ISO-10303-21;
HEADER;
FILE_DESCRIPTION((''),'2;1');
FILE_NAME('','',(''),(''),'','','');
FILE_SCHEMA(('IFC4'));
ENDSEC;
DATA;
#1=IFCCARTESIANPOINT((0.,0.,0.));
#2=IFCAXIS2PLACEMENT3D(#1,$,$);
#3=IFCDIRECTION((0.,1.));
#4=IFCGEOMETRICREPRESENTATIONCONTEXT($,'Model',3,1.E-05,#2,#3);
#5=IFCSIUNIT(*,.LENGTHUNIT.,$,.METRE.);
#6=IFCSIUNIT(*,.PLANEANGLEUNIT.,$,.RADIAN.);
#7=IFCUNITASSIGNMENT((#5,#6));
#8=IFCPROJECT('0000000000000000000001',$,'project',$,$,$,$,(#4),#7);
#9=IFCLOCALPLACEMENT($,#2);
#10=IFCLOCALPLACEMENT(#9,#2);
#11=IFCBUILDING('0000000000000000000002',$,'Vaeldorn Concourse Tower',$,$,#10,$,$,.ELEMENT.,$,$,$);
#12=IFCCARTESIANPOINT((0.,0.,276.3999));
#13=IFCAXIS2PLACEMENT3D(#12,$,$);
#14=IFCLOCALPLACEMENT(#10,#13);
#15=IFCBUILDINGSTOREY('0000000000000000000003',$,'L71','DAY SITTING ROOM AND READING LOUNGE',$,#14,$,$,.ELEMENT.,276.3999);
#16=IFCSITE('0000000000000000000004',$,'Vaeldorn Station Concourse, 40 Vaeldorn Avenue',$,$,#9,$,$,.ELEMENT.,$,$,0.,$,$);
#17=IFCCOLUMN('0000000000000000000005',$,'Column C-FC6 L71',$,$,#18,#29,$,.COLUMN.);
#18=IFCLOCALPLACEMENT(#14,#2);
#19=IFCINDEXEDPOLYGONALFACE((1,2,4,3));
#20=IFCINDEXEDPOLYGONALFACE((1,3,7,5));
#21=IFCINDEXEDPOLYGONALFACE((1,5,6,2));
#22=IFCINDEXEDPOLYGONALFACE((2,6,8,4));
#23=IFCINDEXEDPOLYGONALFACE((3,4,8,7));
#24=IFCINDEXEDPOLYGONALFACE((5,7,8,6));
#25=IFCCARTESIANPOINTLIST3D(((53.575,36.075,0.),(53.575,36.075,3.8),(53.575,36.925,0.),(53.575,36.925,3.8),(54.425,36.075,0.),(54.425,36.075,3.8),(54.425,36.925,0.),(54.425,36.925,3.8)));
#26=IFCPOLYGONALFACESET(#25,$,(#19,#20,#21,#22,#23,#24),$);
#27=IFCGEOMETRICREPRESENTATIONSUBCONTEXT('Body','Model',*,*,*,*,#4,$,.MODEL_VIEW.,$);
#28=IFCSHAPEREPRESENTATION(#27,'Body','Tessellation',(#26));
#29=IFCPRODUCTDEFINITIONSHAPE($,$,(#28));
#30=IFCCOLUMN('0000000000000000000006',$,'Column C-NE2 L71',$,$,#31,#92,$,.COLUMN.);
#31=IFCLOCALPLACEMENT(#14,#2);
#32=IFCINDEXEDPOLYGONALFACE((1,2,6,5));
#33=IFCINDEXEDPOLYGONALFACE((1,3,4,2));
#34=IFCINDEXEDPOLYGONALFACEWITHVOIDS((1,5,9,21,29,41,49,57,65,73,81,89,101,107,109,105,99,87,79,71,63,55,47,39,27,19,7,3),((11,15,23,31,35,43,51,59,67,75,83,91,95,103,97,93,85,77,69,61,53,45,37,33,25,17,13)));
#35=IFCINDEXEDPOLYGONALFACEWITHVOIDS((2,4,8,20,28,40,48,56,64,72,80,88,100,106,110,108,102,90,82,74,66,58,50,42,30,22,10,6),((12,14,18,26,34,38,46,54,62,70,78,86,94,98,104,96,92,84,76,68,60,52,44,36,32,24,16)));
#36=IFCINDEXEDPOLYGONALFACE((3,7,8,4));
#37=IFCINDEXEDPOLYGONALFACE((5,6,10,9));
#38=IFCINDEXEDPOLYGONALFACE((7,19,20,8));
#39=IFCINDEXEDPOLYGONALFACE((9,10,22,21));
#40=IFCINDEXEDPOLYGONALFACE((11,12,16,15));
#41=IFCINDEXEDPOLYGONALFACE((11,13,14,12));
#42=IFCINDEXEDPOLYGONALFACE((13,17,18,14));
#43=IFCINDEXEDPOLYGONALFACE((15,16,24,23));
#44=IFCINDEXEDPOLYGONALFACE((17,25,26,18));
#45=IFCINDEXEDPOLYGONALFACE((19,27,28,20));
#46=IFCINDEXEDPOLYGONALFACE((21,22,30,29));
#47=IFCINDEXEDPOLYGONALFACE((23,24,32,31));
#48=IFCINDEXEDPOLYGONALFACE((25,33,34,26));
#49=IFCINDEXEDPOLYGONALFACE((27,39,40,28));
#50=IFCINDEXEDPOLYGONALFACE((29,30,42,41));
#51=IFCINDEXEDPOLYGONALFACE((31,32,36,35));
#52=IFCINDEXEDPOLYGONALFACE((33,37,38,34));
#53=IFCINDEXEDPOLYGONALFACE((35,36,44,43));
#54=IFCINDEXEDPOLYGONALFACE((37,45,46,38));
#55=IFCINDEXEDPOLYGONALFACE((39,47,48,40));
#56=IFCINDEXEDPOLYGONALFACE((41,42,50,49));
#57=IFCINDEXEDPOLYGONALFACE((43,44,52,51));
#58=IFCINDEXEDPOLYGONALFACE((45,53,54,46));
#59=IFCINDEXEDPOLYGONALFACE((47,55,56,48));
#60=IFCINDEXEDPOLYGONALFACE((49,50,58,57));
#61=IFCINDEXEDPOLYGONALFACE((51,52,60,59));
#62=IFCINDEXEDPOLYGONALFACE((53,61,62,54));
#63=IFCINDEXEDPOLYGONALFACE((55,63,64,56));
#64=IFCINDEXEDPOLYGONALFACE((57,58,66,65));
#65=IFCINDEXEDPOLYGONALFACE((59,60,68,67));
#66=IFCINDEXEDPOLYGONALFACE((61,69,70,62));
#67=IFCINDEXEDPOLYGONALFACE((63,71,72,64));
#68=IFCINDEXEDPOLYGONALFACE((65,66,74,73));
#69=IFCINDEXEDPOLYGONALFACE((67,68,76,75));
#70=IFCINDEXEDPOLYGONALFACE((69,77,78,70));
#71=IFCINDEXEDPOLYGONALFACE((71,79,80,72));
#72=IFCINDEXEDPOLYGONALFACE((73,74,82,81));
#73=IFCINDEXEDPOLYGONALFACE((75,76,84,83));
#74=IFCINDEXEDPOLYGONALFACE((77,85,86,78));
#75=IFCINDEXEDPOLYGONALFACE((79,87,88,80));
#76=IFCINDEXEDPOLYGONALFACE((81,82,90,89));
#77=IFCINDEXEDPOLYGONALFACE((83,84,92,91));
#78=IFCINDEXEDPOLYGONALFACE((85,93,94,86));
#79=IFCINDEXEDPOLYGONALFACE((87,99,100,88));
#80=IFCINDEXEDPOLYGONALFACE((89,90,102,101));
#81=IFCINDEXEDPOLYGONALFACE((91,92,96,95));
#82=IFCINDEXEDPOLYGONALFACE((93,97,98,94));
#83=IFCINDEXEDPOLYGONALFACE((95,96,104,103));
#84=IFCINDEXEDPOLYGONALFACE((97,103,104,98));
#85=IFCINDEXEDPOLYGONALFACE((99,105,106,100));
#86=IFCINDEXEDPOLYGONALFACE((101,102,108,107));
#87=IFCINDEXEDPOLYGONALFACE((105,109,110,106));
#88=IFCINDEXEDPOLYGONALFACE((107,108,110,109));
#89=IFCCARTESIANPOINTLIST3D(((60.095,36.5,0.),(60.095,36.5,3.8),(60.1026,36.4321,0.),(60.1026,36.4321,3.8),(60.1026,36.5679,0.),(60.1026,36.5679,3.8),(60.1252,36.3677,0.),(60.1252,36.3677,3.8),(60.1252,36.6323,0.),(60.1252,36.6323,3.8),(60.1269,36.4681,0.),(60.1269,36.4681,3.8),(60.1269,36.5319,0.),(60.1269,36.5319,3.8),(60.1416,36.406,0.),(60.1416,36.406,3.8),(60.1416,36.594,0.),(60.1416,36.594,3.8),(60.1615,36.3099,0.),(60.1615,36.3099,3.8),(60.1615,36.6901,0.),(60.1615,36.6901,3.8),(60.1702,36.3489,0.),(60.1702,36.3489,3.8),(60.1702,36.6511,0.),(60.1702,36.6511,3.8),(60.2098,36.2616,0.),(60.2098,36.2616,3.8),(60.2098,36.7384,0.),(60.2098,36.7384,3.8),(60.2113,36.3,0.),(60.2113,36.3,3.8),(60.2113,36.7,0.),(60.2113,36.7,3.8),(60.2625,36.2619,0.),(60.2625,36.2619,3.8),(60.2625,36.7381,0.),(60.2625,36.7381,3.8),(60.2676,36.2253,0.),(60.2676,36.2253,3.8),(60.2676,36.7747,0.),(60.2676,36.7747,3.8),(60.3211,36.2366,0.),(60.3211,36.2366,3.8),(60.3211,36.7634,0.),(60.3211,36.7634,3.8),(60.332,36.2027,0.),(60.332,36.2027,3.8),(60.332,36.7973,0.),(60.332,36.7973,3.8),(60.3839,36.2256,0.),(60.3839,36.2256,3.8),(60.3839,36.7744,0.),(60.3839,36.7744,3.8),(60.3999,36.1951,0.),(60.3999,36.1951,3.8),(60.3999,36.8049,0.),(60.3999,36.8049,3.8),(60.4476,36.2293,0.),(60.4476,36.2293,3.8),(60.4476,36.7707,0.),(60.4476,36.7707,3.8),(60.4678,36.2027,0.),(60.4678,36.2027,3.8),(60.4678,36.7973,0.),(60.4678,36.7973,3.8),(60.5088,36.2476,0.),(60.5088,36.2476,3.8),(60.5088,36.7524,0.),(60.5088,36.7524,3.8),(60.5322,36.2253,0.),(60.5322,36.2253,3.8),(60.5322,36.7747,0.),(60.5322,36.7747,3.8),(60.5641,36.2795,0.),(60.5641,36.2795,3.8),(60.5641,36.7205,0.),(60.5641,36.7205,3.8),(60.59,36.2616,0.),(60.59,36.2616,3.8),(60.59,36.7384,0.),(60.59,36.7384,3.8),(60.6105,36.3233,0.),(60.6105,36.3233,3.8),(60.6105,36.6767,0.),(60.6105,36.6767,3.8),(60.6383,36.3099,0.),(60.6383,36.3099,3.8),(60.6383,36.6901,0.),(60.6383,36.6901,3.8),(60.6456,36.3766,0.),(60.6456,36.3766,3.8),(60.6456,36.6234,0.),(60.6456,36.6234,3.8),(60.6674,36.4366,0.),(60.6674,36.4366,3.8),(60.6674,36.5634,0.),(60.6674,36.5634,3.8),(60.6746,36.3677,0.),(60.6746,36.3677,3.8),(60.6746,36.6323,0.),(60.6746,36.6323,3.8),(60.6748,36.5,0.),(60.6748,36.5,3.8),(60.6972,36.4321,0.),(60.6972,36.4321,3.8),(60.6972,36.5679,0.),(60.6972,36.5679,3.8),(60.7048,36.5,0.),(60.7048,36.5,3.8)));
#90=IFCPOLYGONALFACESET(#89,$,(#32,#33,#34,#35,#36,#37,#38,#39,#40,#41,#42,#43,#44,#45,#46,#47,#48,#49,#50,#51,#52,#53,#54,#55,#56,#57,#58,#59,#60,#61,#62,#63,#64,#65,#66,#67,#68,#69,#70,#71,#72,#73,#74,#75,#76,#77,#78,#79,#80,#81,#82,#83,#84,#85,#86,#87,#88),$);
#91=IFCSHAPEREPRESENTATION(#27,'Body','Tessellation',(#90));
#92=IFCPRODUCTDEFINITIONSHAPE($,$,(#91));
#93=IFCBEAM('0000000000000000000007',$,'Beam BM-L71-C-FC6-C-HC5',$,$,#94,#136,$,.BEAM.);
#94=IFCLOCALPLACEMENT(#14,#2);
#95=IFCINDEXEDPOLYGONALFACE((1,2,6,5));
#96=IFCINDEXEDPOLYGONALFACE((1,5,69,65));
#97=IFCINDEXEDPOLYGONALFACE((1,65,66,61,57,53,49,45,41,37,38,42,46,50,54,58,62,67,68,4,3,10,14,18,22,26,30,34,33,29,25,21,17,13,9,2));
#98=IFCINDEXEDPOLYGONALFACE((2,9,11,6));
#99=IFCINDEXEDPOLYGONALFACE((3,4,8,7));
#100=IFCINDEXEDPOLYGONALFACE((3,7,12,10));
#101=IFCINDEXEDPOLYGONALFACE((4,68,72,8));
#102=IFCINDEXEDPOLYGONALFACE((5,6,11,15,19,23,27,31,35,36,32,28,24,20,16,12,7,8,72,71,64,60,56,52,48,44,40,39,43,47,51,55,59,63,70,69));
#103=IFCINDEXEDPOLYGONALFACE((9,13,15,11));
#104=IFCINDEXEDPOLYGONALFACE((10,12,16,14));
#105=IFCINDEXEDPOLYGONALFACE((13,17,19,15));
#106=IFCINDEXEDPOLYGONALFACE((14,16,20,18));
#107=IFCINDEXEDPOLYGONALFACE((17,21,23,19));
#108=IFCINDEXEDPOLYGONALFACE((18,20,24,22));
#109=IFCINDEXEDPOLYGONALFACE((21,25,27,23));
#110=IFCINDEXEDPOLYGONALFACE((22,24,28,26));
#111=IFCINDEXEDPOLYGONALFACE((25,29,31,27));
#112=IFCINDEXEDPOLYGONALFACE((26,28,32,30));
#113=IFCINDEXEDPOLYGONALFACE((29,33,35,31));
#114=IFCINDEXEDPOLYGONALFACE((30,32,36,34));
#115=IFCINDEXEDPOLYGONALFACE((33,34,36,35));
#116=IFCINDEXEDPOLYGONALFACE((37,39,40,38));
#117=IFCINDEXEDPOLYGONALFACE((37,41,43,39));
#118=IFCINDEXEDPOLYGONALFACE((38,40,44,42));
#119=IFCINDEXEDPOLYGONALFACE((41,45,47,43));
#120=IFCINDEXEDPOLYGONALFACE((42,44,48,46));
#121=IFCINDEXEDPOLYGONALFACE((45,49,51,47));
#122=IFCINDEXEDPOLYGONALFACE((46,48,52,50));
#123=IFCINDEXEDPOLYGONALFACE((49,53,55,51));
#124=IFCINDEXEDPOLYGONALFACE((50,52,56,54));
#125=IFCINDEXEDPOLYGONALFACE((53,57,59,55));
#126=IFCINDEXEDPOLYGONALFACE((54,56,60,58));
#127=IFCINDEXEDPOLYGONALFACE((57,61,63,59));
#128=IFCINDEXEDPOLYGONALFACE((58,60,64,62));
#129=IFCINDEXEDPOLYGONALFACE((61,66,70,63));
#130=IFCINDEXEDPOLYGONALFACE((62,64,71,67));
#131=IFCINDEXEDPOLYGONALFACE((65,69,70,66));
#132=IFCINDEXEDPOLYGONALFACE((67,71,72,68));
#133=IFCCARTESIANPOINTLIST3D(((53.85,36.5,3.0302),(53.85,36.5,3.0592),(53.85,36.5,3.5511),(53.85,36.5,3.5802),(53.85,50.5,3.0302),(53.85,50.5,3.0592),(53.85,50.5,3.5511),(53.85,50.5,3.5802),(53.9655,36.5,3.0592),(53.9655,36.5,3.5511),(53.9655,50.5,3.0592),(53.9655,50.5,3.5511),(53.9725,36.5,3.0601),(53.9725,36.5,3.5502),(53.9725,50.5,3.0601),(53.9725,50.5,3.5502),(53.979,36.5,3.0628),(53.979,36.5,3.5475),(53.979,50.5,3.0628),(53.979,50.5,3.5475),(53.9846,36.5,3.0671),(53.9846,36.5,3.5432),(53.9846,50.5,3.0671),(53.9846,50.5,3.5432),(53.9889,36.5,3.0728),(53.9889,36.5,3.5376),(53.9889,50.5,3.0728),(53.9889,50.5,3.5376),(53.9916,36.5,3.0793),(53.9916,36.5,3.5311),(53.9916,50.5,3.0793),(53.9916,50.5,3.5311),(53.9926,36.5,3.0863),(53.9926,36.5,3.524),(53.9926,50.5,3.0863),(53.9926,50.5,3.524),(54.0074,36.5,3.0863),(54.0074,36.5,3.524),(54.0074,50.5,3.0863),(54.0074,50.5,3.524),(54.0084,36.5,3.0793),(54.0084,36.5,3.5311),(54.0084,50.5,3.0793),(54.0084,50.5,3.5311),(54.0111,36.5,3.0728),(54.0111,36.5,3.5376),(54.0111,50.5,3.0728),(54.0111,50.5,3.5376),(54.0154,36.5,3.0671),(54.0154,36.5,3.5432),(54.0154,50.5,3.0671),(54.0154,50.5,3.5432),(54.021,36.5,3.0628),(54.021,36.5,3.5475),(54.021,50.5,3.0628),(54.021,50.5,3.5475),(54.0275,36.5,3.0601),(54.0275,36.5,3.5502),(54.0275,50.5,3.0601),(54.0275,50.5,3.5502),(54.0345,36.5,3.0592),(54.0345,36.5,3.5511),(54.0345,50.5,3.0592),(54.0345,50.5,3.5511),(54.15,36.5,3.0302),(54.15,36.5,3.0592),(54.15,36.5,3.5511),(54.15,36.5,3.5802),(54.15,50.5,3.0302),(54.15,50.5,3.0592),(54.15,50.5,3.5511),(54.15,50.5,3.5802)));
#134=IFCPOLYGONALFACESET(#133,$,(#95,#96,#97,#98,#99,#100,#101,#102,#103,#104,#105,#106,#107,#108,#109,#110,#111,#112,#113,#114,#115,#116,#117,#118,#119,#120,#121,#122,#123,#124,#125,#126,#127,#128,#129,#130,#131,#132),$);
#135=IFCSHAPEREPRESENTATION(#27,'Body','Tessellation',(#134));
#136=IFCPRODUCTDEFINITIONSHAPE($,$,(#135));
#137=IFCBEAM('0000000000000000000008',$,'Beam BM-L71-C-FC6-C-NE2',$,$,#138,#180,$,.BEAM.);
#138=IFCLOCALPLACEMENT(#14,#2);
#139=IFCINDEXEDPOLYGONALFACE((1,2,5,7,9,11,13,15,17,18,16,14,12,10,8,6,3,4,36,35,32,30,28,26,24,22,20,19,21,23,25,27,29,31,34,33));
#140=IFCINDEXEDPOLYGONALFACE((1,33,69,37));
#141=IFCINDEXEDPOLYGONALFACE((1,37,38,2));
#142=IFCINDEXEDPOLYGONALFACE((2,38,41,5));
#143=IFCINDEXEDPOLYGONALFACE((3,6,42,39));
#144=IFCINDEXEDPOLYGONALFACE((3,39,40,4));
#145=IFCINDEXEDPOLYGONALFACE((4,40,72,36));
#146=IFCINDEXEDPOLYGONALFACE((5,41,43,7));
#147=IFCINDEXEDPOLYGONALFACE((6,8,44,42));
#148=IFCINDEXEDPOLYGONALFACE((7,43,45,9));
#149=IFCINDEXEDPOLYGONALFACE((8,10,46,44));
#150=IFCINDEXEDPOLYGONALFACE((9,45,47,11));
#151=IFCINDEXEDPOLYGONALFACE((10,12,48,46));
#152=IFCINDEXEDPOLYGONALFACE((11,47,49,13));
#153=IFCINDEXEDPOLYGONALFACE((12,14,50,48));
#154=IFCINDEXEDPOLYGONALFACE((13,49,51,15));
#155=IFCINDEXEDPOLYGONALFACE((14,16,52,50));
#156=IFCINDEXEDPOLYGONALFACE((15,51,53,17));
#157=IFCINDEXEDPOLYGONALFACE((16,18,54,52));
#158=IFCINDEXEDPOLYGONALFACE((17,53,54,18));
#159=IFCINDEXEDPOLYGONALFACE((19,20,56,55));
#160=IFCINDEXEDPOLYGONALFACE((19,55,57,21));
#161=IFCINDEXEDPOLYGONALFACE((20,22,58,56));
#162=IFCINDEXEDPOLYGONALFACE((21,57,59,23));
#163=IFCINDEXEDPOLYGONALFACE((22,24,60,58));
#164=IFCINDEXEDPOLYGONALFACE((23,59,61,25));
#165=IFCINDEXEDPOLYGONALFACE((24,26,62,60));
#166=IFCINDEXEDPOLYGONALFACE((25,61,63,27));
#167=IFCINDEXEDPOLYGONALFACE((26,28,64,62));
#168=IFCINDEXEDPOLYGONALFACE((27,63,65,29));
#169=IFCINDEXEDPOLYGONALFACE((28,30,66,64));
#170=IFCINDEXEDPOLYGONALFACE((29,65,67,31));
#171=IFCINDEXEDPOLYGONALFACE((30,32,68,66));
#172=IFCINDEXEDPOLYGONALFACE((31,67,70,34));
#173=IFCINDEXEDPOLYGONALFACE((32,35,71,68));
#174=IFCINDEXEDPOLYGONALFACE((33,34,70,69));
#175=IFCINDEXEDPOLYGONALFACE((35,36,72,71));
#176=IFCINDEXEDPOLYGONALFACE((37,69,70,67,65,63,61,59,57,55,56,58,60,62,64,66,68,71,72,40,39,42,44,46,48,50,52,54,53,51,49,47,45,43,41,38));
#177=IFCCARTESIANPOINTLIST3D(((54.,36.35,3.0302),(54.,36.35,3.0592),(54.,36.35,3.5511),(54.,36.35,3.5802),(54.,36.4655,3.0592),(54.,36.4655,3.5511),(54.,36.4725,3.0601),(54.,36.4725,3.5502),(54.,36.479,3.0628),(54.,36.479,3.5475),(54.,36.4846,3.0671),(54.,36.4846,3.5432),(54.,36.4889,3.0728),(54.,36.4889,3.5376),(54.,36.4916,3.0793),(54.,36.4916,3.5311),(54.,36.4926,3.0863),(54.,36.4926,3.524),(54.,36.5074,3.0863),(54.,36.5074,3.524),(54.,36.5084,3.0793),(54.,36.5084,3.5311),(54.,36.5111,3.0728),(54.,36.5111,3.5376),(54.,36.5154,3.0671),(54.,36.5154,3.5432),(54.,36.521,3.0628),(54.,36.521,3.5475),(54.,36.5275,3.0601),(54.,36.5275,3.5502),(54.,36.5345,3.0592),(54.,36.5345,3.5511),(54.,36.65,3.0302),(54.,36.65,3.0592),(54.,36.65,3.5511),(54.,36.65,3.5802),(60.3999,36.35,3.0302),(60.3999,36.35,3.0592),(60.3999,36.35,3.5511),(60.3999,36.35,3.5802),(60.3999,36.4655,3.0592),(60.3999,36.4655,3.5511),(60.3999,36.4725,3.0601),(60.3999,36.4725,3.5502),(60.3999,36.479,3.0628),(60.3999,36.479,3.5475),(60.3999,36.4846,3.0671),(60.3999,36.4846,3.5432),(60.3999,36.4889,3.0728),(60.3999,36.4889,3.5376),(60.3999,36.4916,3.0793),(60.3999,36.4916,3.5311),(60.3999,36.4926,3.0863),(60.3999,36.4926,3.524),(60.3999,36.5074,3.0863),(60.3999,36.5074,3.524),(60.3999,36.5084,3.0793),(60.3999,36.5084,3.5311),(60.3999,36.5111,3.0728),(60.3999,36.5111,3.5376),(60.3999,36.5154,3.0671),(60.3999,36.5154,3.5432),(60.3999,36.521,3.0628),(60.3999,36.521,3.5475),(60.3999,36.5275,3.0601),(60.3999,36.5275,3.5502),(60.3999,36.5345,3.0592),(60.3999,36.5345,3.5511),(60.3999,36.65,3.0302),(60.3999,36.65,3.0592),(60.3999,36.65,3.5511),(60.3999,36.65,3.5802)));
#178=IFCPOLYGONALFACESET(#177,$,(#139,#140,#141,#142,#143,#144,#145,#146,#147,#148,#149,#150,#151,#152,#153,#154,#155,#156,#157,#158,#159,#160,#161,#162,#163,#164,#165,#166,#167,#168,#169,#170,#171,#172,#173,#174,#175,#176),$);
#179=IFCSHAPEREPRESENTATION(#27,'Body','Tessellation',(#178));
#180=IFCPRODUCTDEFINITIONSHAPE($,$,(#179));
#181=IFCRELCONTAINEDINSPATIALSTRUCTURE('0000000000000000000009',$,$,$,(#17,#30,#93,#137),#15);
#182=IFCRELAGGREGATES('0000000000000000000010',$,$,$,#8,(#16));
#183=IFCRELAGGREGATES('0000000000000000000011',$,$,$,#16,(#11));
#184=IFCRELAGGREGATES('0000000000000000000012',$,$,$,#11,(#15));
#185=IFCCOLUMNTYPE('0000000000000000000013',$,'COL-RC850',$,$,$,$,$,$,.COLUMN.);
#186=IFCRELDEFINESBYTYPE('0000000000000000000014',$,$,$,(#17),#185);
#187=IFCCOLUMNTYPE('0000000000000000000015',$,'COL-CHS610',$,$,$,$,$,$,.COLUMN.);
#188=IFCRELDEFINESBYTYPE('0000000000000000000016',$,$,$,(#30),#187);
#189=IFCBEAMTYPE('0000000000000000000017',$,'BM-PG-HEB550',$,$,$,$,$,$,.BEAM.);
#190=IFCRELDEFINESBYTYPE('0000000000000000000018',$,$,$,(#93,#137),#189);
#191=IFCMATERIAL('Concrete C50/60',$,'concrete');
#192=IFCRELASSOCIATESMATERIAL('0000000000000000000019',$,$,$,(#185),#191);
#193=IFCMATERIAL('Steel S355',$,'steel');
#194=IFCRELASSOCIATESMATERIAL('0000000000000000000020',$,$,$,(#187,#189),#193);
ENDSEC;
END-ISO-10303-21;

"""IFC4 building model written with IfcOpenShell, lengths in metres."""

from ifc_helpers import new_model, si_unit, direction, frame, origin, origin_2d, place, context, subcontext, project, spatial, rectangle, hollow_circle, i_section, extrude, source, transform, mapped, material, material_profile, profile_set, type_object, element, save


model = new_model("IFC4")

# Units and contexts
model_context = context("Model", 3, precision=1e-05, world=origin(), true_north=direction((0.0, 1.0)))
body_context = subcontext(model_context, "Body", "Model", "MODEL_VIEW")
ifc_project = project(units=[si_unit("LENGTHUNIT", "METRE"), si_unit("PLANEANGLEUNIT", "RADIAN")], contexts=[model_context])

# Site, building, storey
site_placement = place(None, origin())
site = spatial("IfcSite", under=ifc_project, at=site_placement, Name="Vaeldorn Station Concourse, 40 Vaeldorn Avenue", CompositionType="ELEMENT", RefElevation=0.0)
building_placement = place(site_placement, origin())
building = spatial("IfcBuilding", under=site, at=building_placement, Name="Vaeldorn Concourse Tower", CompositionType="ELEMENT")
storey_placement = place(building_placement, frame((0.0, 0.0, 276.3999)))
storey = spatial("IfcBuildingStorey", under=building, at=storey_placement, Name="L71", Description="DAY SITTING ROOM AND READING LOUNGE", CompositionType="ELEMENT", Elevation=276.3999)

# Columns
ifc_material_1 = material(Name="Concrete C50/60", Category="concrete")
ifc_material_profile_1 = material_profile(ifc_material_1, rectangle(XDim=0.8501, YDim=0.8501, at=origin_2d()), Name="RC 850x850")
ifc_profile_set_1 = profile_set([ifc_material_profile_1], Name="Concrete C50/60")
column_type_1 = type_object("IfcColumnType", Name="COL-RC850", PredefinedType="COLUMN", material=ifc_profile_set_1)
shared_shape_1 = source(origin(), body_context, "Body", "SweptSolid", [
    extrude(rectangle(XDim=0.8501, YDim=0.8501, at=origin_2d()), origin(), (0.0, 0.0, 1.0), 3.8),
])
column_1_placement = place(storey_placement, frame((54.0, 36.5, 0.0), z_axis=(0.0, 0.0, 1.0), x_axis=(1.0, 0.0, 0.0)))
element("IfcColumn", 1, at=column_1_placement, inside=storey, type_object=column_type_1, Name="Column C-FC6 L71", PredefinedType="COLUMN", context=body_context, shape_type="MappedRepresentation", body=[
    mapped(shared_shape_1, transform((0.0, 0.0, 0.0), scale=1.0)),
])
ifc_material_2 = material(Name="Steel S355", Category="steel")
ifc_material_profile_2 = material_profile(ifc_material_2, hollow_circle(Radius=0.3049, WallThickness=0.03, at=origin_2d()), Name="CHS 610x30")
ifc_profile_set_2 = profile_set([ifc_material_profile_2], Name="Steel S355")
column_type_2 = type_object("IfcColumnType", Name="COL-CHS610", PredefinedType="COLUMN", material=ifc_profile_set_2)
shared_shape_2 = source(origin(), body_context, "Body", "SweptSolid", [
    extrude(hollow_circle(Radius=0.3049, WallThickness=0.03, at=origin_2d()), origin(), (0.0, 0.0, 1.0), 3.8),
])
column_2_placement = place(storey_placement, frame((60.3999, 36.5, 0.0), z_axis=(0.0, 0.0, 1.0), x_axis=(1.0, 0.0, 0.0)))
element("IfcColumn", 2, at=column_2_placement, inside=storey, type_object=column_type_2, Name="Column C-NE2 L71", PredefinedType="COLUMN", context=body_context, shape_type="MappedRepresentation", body=[
    mapped(shared_shape_2, transform((0.0, 0.0, 0.0), scale=1.0)),
])

# Beams
ifc_material_profile_3 = material_profile(ifc_material_2, i_section(OverallWidth=0.3, OverallDepth=0.55, WebThickness=0.0149, FlangeThickness=0.0291, FilletRadius=0.0271, at=origin_2d()), Name="HEB 550")
ifc_profile_set_3 = profile_set([ifc_material_profile_3], Name="Steel S355")
beam_type_1 = type_object("IfcBeamType", Name="BM-PG-HEB550", PredefinedType="BEAM", material=ifc_profile_set_3)
shared_shape_3 = source(origin(), body_context, "Body", "SweptSolid", [
    extrude(i_section(OverallWidth=0.3, OverallDepth=0.55, WebThickness=0.0149, FlangeThickness=0.0291, FilletRadius=0.0271, at=origin_2d()), origin(), (0.0, 0.0, 1.0), 14.0),
])
beam_1_placement = place(storey_placement, frame((54.0, 36.5, 3.3052), z_axis=(0.0, 1.0, 0.0), x_axis=(-1.0, 0.0, 0.0)))
element("IfcBeam", 3, at=beam_1_placement, inside=storey, type_object=beam_type_1, Name="Beam BM-L71-C-FC6-C-HC5", PredefinedType="BEAM", context=body_context, shape_type="MappedRepresentation", body=[
    mapped(shared_shape_3, transform((0.0, 0.0, 0.0), scale=1.0)),
])
shared_shape_4 = source(origin(), body_context, "Body", "SweptSolid", [
    extrude(i_section(OverallWidth=0.3, OverallDepth=0.55, WebThickness=0.0149, FlangeThickness=0.0291, FilletRadius=0.0271, at=origin_2d()), origin(), (0.0, 0.0, 1.0), 6.3999),
])
beam_2_placement = place(storey_placement, frame((54.0, 36.5, 3.3052), z_axis=(1.0, 0.0, 0.0), x_axis=(0.0, 1.0, 0.0)))
element("IfcBeam", 4, at=beam_2_placement, inside=storey, type_object=beam_type_1, Name="Beam BM-L71-C-FC6-C-NE2", PredefinedType="BEAM", context=body_context, shape_type="MappedRepresentation", body=[
    mapped(shared_shape_4, transform((0.0, 0.0, 0.0), scale=1.0)),
])

save(model, "model.ifc")
